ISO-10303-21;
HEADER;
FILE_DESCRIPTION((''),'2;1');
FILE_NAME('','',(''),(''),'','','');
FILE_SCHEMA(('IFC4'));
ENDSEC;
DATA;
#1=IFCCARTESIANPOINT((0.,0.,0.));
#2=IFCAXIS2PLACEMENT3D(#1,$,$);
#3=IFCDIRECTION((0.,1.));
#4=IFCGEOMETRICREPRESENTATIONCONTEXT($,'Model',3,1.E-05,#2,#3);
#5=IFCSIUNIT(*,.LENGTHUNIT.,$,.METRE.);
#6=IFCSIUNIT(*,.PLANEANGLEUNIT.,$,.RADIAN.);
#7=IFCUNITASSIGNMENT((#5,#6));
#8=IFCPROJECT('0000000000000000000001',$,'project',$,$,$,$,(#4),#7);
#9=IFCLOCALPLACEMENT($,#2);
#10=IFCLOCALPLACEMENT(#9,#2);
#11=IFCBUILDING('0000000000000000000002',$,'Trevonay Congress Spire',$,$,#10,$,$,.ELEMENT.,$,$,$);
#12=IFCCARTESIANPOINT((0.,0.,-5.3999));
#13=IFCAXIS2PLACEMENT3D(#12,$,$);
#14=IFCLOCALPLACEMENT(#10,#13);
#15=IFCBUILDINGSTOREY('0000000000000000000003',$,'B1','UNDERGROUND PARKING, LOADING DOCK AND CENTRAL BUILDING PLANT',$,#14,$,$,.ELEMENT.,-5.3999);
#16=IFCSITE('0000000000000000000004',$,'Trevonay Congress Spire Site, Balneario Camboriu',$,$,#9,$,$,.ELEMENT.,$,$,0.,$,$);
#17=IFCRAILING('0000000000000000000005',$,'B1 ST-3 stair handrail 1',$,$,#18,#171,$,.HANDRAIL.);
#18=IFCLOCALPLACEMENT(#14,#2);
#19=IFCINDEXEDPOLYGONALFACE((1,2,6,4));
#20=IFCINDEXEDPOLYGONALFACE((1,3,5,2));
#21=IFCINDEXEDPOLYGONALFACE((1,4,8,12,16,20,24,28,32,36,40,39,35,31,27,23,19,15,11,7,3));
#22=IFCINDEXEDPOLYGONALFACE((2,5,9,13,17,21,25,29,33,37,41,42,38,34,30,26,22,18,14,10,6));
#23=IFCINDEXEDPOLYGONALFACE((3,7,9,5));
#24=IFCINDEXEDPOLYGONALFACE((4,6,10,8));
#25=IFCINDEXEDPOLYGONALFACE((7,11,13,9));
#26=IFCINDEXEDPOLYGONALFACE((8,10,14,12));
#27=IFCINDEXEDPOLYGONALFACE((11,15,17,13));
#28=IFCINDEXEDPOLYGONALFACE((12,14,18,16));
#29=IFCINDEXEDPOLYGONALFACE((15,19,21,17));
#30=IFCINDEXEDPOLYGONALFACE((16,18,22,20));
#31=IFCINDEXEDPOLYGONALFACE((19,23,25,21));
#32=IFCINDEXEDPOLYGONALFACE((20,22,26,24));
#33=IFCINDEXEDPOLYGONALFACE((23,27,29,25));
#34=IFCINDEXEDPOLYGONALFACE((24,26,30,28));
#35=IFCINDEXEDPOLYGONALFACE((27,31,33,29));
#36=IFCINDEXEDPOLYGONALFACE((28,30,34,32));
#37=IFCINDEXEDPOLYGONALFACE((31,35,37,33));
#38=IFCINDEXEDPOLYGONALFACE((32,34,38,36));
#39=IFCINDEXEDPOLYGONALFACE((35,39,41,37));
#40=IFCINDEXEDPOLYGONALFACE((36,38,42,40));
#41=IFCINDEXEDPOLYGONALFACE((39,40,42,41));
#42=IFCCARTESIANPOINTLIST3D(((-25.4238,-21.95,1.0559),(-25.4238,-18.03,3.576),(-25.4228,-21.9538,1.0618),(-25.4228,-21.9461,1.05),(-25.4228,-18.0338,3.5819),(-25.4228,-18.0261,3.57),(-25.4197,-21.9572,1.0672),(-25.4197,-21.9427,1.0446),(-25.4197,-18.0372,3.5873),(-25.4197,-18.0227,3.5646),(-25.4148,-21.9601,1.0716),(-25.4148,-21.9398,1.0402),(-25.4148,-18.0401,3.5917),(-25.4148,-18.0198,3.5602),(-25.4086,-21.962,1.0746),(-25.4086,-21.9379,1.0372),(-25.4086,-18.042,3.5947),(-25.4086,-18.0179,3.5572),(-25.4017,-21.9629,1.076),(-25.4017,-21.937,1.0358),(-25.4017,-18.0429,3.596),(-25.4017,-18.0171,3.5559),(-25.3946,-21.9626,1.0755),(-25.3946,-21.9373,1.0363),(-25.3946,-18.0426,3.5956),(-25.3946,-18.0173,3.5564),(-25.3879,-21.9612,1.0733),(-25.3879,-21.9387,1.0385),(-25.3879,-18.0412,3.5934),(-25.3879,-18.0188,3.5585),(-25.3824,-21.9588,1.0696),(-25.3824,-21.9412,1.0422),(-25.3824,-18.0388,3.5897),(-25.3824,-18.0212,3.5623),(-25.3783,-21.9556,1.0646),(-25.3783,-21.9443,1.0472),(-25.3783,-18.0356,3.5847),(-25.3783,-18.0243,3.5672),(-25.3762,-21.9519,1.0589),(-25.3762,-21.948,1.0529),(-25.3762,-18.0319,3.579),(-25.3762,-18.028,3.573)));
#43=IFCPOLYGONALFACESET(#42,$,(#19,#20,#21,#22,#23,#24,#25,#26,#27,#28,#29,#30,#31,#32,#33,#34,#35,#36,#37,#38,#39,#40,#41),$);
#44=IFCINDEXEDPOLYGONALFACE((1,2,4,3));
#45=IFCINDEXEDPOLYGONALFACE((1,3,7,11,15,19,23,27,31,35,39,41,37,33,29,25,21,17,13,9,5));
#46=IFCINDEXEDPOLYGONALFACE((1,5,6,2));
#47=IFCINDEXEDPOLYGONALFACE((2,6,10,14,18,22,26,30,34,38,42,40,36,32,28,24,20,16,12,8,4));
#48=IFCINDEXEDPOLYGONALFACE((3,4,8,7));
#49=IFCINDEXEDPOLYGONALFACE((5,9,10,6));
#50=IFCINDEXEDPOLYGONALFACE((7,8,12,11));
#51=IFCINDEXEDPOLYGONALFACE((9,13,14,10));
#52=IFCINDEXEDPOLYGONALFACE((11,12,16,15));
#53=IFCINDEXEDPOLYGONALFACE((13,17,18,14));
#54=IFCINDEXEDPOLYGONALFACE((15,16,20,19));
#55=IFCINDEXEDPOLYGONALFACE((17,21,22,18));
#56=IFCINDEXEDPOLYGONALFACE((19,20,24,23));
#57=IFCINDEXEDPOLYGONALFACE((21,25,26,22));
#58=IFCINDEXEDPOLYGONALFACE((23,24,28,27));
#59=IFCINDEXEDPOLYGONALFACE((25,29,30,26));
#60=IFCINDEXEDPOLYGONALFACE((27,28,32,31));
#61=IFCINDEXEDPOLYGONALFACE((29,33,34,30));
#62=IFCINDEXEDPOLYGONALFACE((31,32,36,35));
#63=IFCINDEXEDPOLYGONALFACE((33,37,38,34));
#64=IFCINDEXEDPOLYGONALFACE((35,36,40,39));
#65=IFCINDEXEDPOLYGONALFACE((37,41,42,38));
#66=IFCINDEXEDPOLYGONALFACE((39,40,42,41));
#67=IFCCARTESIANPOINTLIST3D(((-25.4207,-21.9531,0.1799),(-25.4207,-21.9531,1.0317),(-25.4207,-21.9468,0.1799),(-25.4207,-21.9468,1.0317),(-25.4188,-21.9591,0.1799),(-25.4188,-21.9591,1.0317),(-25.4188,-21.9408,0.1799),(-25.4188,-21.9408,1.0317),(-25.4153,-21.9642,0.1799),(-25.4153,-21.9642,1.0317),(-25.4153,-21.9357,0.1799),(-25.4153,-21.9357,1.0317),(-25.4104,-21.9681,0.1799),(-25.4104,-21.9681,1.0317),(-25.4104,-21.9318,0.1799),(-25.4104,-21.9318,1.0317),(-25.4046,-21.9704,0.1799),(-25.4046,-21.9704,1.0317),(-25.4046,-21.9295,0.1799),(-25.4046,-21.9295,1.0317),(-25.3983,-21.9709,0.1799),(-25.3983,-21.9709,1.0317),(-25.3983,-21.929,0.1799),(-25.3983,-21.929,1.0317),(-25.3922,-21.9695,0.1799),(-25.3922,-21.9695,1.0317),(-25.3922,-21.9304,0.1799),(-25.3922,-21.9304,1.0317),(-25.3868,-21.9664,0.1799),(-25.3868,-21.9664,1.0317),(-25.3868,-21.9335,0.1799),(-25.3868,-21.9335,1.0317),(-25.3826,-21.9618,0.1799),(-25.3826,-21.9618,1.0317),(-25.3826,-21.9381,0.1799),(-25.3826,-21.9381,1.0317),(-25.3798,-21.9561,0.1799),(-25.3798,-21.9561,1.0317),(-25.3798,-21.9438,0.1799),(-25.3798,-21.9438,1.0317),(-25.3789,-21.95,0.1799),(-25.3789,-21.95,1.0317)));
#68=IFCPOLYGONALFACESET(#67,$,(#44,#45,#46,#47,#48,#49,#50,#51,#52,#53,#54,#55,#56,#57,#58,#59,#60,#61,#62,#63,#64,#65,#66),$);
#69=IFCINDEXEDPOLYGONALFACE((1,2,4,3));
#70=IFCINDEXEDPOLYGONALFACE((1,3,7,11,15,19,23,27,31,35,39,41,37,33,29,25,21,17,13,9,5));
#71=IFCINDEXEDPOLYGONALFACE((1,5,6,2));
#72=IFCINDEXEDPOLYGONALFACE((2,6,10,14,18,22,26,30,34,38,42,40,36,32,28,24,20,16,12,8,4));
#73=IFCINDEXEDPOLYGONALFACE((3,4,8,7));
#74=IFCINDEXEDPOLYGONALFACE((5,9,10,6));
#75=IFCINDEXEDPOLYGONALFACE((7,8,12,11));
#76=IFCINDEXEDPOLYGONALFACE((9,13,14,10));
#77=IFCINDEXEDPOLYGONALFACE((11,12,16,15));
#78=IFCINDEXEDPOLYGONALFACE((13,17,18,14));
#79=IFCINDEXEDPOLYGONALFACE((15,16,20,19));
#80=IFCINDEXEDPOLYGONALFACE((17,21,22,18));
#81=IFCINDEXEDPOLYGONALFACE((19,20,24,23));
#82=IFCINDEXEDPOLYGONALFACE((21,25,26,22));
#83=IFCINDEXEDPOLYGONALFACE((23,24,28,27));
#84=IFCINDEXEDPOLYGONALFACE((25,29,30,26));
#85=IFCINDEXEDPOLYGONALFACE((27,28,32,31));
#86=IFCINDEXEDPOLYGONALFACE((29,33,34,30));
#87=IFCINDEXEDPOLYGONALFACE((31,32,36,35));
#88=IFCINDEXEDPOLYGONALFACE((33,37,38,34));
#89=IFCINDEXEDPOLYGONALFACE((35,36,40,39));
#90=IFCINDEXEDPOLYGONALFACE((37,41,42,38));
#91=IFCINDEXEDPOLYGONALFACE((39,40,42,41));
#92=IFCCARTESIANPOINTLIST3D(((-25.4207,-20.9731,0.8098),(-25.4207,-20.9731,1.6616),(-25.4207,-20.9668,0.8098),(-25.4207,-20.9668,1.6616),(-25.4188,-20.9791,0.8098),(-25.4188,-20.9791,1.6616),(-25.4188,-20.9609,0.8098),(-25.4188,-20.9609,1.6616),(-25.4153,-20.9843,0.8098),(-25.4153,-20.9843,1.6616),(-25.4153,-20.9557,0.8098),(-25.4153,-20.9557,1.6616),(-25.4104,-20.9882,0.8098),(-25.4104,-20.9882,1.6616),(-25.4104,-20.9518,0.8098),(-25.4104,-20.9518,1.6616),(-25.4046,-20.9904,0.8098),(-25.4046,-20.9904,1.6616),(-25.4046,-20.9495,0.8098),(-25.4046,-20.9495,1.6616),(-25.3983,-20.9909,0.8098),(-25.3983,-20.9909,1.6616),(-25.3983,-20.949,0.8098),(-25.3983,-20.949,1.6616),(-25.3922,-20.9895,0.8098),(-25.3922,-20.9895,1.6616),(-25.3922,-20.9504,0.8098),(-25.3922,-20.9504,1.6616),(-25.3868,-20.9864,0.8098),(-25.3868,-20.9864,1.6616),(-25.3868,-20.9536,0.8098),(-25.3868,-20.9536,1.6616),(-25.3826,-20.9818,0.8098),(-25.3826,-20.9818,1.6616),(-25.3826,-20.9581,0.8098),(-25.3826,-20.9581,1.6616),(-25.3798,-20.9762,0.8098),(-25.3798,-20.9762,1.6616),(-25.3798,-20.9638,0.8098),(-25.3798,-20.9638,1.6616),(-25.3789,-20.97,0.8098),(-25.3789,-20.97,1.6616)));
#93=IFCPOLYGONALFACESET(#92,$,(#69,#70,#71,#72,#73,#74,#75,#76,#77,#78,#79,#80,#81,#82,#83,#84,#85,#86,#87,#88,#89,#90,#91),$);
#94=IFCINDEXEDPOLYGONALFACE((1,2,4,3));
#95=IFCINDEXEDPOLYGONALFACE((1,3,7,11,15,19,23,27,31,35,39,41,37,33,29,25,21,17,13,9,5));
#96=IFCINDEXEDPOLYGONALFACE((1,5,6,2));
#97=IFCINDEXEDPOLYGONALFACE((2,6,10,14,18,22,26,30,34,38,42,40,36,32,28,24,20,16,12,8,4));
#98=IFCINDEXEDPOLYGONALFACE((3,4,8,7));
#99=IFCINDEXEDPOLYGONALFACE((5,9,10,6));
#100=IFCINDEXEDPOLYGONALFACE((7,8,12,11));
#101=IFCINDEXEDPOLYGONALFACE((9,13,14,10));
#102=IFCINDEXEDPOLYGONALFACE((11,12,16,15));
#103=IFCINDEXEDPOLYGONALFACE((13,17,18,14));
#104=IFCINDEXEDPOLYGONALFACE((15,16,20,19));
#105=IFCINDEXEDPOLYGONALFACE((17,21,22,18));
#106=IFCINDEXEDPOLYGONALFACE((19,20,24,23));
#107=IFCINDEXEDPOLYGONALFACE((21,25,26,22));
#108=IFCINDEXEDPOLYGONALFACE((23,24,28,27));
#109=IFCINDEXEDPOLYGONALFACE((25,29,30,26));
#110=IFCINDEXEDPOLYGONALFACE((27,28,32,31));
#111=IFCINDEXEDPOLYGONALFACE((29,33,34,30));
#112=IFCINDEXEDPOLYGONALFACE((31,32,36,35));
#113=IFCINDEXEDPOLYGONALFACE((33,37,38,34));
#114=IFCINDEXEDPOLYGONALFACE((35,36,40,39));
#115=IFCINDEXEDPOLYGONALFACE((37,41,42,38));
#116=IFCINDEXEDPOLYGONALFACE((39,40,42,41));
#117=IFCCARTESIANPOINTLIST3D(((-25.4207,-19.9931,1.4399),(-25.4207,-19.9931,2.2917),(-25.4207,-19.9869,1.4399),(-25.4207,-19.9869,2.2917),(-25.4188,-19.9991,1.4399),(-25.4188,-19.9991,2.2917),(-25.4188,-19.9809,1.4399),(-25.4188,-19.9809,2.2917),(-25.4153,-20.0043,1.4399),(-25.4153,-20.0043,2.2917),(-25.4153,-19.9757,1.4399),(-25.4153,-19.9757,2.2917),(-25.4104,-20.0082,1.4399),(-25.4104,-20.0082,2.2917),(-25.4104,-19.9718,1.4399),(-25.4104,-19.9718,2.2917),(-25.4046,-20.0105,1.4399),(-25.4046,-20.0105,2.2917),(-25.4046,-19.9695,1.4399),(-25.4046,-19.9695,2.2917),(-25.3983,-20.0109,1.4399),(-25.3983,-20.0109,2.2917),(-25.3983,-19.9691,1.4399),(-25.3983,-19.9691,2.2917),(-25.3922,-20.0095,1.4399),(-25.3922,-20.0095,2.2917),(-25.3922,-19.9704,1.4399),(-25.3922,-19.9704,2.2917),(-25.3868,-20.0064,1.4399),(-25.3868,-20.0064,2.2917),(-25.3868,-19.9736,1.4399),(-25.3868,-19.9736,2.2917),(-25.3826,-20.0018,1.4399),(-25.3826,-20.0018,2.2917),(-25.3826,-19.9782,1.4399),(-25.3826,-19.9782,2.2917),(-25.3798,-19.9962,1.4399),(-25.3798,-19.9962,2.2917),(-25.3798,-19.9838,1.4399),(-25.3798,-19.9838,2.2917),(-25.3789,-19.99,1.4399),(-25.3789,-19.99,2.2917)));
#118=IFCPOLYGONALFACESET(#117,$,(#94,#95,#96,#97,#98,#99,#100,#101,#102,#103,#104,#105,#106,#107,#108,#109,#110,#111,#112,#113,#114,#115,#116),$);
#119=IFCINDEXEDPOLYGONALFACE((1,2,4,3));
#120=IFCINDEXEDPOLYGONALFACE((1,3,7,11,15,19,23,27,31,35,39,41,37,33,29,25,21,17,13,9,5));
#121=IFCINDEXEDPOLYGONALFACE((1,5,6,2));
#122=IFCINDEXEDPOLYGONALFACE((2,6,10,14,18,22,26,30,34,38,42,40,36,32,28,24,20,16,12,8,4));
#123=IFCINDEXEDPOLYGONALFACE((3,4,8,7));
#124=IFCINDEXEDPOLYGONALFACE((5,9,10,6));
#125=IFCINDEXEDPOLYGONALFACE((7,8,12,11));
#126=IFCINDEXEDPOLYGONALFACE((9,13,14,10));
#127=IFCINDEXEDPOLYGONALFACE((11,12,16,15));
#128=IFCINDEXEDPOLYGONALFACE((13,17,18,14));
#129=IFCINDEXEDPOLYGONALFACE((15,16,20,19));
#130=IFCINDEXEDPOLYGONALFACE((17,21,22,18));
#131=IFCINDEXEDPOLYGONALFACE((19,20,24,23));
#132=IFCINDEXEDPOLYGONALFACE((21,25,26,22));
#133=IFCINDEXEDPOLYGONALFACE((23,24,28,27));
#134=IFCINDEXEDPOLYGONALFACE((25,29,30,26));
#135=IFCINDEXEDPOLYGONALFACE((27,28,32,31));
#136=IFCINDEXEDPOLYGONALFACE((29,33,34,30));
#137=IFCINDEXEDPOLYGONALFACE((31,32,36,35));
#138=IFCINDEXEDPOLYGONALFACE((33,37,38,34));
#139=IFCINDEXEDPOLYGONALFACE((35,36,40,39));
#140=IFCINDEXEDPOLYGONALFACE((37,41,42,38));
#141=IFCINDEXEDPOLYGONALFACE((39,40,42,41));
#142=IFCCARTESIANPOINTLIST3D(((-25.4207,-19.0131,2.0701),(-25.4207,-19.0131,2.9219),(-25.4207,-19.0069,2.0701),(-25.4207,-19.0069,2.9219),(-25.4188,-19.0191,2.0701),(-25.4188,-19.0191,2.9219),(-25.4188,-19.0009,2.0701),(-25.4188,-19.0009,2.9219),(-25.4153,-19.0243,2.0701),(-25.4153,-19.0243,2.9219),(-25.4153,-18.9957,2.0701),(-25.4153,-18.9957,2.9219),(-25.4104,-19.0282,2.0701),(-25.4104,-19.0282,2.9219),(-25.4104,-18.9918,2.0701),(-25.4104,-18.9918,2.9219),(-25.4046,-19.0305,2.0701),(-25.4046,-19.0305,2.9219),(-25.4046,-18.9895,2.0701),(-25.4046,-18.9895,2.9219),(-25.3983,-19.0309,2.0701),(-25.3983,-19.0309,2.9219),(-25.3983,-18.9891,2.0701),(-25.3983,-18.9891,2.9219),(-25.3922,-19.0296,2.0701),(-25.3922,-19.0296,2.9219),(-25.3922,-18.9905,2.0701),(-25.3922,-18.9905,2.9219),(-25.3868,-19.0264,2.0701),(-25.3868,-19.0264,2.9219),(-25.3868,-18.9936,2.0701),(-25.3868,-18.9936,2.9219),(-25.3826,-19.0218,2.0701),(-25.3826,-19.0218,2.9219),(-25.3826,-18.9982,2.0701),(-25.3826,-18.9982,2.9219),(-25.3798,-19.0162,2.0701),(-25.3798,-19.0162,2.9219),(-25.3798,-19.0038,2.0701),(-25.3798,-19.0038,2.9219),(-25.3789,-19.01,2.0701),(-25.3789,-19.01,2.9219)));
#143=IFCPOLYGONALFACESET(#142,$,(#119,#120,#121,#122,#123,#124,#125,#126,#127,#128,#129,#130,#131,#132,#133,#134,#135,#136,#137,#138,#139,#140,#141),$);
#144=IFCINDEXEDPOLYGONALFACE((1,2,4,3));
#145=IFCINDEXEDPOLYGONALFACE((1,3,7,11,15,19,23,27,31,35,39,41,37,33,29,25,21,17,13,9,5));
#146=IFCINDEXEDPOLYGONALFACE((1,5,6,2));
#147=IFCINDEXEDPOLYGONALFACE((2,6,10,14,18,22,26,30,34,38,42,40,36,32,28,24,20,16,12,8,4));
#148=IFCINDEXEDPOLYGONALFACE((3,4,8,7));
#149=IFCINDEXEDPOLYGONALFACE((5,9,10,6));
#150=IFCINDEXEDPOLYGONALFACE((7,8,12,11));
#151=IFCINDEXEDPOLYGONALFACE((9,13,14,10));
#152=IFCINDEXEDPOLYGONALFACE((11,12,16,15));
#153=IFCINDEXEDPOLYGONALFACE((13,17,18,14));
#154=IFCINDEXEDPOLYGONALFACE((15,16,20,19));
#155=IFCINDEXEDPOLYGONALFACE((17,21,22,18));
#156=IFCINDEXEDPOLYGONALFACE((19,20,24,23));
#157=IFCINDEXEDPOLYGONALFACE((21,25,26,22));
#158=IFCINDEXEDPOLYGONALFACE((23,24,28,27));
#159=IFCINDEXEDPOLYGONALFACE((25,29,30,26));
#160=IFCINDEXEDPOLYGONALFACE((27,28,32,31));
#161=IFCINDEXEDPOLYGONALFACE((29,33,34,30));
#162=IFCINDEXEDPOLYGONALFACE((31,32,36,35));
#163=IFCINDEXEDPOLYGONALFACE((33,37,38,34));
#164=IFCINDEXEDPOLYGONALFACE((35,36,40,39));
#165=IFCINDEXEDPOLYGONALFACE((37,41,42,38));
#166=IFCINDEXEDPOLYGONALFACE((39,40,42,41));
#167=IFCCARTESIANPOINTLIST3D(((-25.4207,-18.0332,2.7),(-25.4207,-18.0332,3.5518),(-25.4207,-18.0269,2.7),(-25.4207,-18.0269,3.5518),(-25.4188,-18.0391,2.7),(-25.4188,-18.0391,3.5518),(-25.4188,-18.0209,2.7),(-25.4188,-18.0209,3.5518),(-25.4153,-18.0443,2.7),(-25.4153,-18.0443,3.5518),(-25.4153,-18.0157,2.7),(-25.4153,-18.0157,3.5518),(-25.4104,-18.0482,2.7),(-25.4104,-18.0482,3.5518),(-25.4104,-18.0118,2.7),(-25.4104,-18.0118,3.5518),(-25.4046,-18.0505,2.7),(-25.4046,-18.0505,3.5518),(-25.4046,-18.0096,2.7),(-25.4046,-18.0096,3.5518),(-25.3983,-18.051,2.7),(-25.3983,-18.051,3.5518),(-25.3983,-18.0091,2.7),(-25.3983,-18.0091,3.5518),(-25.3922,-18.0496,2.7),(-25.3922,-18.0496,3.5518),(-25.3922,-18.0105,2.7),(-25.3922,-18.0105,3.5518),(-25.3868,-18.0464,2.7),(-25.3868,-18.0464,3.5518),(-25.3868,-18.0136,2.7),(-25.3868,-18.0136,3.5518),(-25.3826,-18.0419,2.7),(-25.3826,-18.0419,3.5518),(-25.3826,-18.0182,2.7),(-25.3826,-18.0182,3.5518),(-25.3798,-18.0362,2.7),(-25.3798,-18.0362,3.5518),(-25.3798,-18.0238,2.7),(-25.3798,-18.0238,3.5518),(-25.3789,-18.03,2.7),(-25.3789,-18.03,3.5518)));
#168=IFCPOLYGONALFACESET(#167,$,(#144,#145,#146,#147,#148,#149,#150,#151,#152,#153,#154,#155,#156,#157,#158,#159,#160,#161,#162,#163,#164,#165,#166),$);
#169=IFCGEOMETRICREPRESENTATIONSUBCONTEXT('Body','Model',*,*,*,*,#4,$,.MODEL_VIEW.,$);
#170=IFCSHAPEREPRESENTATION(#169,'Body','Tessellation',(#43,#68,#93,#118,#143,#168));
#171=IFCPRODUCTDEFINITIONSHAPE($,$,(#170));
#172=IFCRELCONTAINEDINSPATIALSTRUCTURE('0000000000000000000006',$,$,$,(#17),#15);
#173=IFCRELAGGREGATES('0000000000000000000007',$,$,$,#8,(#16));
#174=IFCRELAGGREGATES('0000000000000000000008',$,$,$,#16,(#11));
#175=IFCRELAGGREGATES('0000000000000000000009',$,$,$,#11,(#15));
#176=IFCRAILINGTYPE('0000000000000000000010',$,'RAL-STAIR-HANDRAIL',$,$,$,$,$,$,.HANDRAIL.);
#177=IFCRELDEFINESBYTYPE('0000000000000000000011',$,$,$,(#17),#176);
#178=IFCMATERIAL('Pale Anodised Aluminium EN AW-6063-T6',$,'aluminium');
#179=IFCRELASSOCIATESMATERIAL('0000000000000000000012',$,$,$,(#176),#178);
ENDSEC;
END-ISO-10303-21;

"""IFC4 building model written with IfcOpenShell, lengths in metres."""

from ifc_helpers import new_model, si_unit, direction, frame, origin, origin_2d, place, context, subcontext, project, spatial, circle, extrude, material, type_object, element, save


model = new_model("IFC4")

# Units and contexts
model_context = context("Model", 3, precision=1e-05, world=origin(), true_north=direction((0.0, 1.0)))
body_context = subcontext(model_context, "Body", "Model", "MODEL_VIEW")
ifc_project = project(units=[si_unit("LENGTHUNIT", "METRE"), si_unit("PLANEANGLEUNIT", "RADIAN")], contexts=[model_context])

# Site, building, storey
site_placement = place(None, origin())
site = spatial("IfcSite", under=ifc_project, at=site_placement, Name="Trevonay Congress Spire Site, Balneario Camboriu", CompositionType="ELEMENT", RefElevation=0.0)
building_placement = place(site_placement, origin())
building = spatial("IfcBuilding", under=site, at=building_placement, Name="Trevonay Congress Spire", CompositionType="ELEMENT")
storey_placement = place(building_placement, frame((0.0, 0.0, -5.3999)))
storey = spatial("IfcBuildingStorey", under=building, at=storey_placement, Name="B1", Description="UNDERGROUND PARKING, LOADING DOCK AND CENTRAL BUILDING PLANT", CompositionType="ELEMENT", Elevation=-5.3999)

# Railing
ifc_material_1 = material(Name="Pale Anodised Aluminium EN AW-6063-T6", Category="aluminium")
railing_type_1 = type_object("IfcRailingType", Name="RAL-STAIR-HANDRAIL", PredefinedType="HANDRAIL", material=ifc_material_1)
railing_1_placement = place(storey_placement, frame((-25.3999, -21.95, 0.1799)))
element("IfcRailing", 1, at=railing_1_placement, inside=storey, type_object=railing_type_1, Name="B1 ST-3 stair handrail 1", PredefinedType="HANDRAIL", context=body_context, shape_type="SweptSolid", body=[
    extrude(circle(Radius=0.0239, at=origin_2d()), frame((0.0, 0.0, 0.876), z_axis=(0.0, 0.841172, 0.540768), x_axis=(-1.0, 0.0, 0.0)), (0.0, 0.0, 1.0), 4.6602),
    extrude(circle(Radius=0.021, at=origin_2d()), origin(), (0.0, 0.0, 1.0), 0.8518),
    extrude(circle(Radius=0.021, at=origin_2d()), frame((0.0, 0.98, 0.6299)), (0.0, 0.0, 1.0), 0.8518),
    extrude(circle(Radius=0.021, at=origin_2d()), frame((0.0, 1.96, 1.26)), (0.0, 0.0, 1.0), 0.8518),
    extrude(circle(Radius=0.021, at=origin_2d()), frame((0.0, 2.9399, 1.8901)), (0.0, 0.0, 1.0), 0.8518),
    extrude(circle(Radius=0.021, at=origin_2d()), frame((0.0, 3.9199, 2.52)), (0.0, 0.0, 1.0), 0.8518),
])

save(model, "model.ifc")
